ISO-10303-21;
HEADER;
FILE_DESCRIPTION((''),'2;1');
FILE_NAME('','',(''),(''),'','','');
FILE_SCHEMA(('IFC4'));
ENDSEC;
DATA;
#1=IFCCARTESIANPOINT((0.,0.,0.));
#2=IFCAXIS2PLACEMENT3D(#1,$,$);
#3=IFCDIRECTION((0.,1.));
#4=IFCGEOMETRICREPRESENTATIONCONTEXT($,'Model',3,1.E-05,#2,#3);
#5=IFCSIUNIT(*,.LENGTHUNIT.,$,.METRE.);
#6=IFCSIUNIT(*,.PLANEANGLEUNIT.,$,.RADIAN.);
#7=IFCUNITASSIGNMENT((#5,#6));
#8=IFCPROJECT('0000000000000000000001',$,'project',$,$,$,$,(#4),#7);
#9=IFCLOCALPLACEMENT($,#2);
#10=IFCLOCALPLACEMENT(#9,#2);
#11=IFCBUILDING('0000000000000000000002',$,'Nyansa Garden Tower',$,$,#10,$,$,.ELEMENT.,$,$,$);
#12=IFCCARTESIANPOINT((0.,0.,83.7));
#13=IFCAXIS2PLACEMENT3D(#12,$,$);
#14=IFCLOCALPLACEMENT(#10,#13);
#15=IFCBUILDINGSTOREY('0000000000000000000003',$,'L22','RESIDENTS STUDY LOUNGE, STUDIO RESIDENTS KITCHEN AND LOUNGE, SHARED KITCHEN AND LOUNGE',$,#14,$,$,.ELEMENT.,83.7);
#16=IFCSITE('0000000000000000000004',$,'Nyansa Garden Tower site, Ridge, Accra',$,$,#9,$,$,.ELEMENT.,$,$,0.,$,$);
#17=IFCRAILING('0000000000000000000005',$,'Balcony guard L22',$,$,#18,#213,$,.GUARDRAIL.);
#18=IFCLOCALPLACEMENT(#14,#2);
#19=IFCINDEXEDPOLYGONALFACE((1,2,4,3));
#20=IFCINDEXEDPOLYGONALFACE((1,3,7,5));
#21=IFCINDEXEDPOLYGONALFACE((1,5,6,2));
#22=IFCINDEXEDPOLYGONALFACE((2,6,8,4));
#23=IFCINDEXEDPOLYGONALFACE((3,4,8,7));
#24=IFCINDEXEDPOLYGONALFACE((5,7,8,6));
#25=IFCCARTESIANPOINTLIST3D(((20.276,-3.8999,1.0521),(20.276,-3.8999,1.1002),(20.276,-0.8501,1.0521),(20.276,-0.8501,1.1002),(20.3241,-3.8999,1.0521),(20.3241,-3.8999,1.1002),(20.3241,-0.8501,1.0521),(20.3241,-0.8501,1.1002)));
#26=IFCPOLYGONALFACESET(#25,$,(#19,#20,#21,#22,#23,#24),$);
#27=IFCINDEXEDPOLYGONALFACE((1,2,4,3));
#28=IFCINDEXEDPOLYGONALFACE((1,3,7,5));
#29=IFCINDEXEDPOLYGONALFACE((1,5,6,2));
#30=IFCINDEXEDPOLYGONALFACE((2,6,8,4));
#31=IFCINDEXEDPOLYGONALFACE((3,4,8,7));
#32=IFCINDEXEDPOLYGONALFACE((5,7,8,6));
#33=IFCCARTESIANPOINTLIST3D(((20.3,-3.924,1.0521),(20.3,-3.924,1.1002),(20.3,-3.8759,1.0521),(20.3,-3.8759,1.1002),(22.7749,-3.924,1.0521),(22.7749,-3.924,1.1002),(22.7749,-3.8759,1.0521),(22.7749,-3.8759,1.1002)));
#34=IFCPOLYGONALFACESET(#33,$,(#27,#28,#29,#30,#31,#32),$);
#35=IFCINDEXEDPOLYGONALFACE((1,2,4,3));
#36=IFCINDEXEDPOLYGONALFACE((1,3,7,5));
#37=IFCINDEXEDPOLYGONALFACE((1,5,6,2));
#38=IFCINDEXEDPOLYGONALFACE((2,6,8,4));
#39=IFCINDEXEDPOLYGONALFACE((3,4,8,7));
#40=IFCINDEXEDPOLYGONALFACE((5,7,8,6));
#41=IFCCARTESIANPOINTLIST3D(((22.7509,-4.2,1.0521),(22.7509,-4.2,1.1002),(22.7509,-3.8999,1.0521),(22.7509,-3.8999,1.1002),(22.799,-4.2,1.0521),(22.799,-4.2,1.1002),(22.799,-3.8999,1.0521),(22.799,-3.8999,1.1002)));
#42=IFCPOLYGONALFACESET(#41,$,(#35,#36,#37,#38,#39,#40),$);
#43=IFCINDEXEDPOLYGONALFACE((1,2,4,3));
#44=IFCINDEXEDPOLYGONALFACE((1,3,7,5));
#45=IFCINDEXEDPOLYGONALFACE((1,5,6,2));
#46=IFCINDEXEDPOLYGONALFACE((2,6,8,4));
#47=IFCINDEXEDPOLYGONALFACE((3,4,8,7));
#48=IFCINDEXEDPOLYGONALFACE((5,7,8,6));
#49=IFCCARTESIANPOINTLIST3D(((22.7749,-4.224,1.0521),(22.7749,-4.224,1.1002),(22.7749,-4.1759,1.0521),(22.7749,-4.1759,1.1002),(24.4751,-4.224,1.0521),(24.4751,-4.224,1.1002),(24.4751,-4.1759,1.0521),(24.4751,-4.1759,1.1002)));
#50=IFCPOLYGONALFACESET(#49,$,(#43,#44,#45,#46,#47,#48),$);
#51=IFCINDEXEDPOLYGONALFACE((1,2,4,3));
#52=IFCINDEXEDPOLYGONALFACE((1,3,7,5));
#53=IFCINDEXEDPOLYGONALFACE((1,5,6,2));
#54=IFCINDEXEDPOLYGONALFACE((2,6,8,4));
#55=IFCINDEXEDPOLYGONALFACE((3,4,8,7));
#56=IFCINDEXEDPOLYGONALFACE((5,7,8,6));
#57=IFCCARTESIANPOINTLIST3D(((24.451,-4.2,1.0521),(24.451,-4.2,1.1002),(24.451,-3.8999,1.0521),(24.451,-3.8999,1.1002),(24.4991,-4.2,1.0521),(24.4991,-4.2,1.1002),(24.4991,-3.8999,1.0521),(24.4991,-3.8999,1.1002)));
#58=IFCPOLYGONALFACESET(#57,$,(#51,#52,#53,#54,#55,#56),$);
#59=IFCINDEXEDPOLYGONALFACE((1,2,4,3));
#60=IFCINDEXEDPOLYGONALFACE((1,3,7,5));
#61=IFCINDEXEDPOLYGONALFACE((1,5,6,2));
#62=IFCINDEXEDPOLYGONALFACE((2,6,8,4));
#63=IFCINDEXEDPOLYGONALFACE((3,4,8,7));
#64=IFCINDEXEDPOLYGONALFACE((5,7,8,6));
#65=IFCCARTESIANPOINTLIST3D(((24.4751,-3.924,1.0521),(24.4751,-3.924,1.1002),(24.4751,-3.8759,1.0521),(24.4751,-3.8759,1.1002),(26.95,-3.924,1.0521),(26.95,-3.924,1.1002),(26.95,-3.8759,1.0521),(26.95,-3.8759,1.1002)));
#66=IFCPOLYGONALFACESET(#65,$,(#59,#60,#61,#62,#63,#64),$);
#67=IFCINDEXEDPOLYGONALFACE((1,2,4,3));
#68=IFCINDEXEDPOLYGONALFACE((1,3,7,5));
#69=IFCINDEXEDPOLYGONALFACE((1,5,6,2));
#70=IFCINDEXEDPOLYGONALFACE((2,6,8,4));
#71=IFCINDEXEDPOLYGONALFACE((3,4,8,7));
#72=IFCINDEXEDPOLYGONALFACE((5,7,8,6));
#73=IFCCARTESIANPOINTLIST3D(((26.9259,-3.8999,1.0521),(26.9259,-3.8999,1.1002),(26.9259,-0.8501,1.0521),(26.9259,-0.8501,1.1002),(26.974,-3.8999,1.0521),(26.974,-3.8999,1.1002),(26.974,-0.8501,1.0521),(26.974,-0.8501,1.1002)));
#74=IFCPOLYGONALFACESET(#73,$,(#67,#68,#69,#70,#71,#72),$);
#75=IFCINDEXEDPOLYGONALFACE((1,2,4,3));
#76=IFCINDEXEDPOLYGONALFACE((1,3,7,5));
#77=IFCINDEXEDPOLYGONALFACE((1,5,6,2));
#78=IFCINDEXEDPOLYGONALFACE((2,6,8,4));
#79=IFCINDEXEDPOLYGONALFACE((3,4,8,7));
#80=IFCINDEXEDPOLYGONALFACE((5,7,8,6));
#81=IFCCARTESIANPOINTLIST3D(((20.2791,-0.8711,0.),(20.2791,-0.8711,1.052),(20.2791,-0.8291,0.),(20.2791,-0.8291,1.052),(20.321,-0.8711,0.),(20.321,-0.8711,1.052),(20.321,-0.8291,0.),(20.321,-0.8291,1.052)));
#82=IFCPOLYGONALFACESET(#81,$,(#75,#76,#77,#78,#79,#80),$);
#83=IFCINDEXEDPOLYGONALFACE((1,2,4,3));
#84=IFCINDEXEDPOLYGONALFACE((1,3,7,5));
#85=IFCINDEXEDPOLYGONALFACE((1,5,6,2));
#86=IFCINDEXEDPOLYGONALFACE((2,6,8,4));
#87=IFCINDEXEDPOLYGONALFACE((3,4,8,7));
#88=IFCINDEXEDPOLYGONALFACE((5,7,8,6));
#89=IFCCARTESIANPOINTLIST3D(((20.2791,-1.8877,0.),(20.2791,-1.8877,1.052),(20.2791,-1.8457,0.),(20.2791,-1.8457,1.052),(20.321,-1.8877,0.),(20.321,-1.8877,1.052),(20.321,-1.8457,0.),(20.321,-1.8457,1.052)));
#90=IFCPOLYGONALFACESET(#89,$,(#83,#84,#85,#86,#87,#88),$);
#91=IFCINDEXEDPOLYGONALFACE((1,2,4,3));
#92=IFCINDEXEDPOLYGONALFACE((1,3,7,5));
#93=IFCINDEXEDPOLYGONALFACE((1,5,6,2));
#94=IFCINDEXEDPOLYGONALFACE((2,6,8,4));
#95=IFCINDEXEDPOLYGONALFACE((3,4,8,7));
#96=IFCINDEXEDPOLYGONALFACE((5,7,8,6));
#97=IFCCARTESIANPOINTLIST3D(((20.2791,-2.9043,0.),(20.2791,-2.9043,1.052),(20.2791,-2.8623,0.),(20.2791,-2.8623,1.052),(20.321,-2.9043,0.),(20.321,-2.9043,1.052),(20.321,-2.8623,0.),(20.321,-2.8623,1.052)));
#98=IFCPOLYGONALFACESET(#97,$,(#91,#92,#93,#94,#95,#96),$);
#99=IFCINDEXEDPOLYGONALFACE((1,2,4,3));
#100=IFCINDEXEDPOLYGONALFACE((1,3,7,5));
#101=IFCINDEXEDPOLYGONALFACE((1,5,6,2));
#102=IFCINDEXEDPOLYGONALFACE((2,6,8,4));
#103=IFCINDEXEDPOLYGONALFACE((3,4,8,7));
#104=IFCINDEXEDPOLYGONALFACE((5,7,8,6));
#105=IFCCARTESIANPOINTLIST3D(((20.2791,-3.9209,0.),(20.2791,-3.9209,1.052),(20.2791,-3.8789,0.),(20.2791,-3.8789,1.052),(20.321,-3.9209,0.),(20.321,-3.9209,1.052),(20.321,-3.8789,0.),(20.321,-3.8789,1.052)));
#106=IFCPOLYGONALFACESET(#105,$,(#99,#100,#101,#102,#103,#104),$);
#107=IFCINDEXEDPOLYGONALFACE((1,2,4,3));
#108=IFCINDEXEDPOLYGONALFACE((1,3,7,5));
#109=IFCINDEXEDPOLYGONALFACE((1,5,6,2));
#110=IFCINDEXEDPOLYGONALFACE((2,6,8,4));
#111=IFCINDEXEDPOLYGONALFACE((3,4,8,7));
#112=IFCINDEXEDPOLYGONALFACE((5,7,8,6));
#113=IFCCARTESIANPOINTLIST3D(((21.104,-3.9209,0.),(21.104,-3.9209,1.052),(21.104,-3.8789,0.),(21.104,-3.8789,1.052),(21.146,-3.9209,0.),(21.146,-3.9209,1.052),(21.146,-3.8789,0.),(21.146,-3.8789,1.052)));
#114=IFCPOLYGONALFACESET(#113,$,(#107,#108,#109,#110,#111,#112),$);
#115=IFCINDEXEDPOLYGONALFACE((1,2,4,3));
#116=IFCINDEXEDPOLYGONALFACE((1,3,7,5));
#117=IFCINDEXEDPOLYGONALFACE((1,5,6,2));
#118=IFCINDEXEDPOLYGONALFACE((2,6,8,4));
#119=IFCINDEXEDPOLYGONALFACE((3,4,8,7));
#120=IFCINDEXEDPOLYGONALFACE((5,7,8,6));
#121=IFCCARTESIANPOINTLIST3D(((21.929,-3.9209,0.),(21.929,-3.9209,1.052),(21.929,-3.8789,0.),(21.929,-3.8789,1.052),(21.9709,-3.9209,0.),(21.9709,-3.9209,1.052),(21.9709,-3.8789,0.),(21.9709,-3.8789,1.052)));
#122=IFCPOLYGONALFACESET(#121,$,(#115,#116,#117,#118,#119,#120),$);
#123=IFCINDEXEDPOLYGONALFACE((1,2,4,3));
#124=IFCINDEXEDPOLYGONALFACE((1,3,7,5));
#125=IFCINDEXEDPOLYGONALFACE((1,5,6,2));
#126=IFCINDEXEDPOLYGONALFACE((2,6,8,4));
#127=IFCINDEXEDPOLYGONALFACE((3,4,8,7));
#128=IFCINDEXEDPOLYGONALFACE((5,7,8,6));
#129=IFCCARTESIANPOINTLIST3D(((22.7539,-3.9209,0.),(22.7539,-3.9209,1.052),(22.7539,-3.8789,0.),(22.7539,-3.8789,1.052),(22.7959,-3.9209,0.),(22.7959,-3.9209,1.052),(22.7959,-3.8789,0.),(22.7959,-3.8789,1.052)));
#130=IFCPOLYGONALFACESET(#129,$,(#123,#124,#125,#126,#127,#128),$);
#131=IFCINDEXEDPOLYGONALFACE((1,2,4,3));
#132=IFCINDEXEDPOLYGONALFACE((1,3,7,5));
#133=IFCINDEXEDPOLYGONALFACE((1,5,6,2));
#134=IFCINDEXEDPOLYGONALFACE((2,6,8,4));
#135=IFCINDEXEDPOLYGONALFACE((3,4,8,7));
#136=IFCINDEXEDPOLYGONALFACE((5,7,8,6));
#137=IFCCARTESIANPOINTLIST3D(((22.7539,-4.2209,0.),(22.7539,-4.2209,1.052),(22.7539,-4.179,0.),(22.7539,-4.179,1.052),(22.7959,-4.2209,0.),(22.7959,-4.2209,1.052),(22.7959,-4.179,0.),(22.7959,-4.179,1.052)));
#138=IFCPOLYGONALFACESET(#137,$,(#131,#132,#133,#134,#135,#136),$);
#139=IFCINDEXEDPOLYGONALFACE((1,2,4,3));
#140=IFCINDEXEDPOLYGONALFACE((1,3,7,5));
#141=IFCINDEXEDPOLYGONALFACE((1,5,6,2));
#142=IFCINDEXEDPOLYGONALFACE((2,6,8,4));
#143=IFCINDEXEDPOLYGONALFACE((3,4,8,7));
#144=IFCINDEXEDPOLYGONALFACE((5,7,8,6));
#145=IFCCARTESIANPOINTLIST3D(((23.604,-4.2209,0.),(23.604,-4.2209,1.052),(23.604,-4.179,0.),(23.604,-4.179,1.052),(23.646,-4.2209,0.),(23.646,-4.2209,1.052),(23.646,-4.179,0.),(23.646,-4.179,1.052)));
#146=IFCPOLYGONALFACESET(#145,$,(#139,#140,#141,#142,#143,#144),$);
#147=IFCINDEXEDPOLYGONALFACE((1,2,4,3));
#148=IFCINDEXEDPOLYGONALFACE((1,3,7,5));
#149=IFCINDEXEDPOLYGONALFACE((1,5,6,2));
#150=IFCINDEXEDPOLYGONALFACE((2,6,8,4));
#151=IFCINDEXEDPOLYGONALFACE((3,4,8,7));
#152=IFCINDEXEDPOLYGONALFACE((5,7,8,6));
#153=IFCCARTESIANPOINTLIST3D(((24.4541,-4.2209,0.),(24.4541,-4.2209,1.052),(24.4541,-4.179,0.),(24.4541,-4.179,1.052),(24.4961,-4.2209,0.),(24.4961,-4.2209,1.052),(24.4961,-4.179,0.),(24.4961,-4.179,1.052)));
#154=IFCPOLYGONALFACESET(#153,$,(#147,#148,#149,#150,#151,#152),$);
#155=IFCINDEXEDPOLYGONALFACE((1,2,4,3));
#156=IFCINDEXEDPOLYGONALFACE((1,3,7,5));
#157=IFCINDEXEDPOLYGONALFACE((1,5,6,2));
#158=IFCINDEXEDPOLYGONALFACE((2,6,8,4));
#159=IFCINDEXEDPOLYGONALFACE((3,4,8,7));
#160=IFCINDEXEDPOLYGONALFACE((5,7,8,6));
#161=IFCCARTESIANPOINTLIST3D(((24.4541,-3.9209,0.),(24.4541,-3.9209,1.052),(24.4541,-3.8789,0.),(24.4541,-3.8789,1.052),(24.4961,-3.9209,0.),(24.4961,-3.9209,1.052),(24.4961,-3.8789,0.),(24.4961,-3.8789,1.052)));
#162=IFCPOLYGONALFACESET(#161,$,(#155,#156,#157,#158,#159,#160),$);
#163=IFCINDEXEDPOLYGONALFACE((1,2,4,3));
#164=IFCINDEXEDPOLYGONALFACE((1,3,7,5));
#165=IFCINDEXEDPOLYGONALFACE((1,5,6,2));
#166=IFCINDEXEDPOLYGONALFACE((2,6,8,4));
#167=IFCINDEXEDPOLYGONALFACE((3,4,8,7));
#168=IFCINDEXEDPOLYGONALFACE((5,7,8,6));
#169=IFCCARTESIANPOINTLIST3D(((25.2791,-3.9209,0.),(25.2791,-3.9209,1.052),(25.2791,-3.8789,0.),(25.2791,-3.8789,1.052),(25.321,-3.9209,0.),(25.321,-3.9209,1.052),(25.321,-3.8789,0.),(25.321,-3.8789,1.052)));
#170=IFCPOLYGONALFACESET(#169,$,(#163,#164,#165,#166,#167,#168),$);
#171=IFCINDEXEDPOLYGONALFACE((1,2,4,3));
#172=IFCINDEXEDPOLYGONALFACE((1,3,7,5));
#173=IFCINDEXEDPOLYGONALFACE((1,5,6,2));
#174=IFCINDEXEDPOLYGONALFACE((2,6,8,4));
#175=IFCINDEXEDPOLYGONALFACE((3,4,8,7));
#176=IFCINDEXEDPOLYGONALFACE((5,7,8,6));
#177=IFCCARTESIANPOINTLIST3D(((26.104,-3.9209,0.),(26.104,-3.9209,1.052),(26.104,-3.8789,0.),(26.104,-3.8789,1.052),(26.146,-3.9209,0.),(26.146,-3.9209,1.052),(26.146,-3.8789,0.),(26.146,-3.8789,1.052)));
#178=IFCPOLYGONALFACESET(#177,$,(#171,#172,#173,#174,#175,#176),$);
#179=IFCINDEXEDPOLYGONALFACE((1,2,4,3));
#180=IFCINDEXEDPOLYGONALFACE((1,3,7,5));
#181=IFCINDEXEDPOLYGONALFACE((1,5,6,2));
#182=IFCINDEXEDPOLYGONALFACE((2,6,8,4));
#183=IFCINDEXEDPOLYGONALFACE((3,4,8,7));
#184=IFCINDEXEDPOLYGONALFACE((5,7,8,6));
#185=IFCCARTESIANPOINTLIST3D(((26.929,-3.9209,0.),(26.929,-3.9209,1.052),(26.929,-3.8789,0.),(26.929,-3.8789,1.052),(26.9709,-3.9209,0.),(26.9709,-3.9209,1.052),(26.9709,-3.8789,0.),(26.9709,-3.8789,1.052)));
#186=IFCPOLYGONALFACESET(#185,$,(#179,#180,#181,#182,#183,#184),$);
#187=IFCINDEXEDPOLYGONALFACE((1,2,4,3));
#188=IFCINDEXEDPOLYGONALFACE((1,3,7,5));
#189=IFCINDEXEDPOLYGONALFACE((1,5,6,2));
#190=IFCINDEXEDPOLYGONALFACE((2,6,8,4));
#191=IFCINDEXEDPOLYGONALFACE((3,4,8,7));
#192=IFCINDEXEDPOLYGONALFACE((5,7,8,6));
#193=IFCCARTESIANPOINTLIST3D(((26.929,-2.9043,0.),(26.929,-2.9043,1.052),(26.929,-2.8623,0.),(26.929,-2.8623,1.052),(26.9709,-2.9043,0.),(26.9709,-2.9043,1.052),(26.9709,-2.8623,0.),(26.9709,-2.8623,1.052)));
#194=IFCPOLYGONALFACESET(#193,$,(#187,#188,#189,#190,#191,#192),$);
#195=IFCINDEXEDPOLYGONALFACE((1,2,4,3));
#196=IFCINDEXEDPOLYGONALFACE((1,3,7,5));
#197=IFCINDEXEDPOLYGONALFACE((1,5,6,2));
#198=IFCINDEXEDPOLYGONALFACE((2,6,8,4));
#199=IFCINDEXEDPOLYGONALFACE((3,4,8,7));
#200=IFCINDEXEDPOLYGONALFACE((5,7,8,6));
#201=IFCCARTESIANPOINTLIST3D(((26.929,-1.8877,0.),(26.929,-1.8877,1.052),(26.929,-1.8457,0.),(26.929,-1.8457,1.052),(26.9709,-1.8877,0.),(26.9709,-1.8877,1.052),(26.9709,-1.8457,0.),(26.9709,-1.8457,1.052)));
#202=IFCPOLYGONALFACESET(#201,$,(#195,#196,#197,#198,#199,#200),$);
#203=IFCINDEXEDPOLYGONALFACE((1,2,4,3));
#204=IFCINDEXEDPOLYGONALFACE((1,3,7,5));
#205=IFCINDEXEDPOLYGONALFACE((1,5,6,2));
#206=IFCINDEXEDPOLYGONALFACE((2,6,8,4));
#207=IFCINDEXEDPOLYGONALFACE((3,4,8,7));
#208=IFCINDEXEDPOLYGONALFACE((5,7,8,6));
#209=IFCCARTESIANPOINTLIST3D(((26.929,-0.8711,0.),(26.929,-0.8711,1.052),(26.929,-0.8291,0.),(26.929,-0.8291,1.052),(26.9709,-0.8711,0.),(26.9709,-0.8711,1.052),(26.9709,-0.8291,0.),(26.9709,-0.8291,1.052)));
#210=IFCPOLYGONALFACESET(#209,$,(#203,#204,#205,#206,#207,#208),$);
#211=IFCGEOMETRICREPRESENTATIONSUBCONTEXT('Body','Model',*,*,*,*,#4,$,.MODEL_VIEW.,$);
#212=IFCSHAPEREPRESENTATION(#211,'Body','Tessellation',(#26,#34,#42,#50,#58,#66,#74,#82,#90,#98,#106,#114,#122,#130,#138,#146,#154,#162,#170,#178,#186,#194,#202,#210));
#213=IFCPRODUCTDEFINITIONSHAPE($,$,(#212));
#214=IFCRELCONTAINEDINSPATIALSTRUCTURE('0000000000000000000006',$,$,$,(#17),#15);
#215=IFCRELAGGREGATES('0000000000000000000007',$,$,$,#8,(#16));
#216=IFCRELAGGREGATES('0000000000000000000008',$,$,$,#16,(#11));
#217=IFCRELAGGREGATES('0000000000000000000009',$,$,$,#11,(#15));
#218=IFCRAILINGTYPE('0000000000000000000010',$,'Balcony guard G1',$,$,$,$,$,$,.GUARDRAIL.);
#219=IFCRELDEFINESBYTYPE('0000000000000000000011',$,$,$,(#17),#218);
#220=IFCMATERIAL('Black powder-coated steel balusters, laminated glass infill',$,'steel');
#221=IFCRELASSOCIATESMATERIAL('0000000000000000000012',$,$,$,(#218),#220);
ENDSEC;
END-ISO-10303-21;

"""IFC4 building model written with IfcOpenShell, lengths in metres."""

from ifc_helpers import new_model, si_unit, direction, frame, origin, origin_2d, place, context, subcontext, project, spatial, rectangle, extrude, material, type_object, element, save


model = new_model("IFC4")

# Units and contexts
model_context = context("Model", 3, precision=1e-05, world=origin(), true_north=direction((0.0, 1.0)))
body_context = subcontext(model_context, "Body", "Model", "MODEL_VIEW")
ifc_project = project(units=[si_unit("LENGTHUNIT", "METRE"), si_unit("PLANEANGLEUNIT", "RADIAN")], contexts=[model_context])

# Site, building, storey
site_placement = place(None, origin())
site = spatial("IfcSite", under=ifc_project, at=site_placement, Name="Nyansa Garden Tower site, Ridge, Accra", CompositionType="ELEMENT", RefElevation=0.0)
building_placement = place(site_placement, origin())
building = spatial("IfcBuilding", under=site, at=building_placement, Name="Nyansa Garden Tower", CompositionType="ELEMENT")
storey_placement = place(building_placement, frame((0.0, 0.0, 83.7)))
storey = spatial("IfcBuildingStorey", under=building, at=storey_placement, Name="L22", Description="RESIDENTS STUDY LOUNGE, STUDIO RESIDENTS KITCHEN AND LOUNGE, SHARED KITCHEN AND LOUNGE", CompositionType="ELEMENT", Elevation=83.7)

# Railing
ifc_material_1 = material(Name="Black powder-coated steel balusters, laminated glass infill", Category="steel")
railing_type = type_object("IfcRailingType", Name="Balcony guard G1", PredefinedType="GUARDRAIL", material=ifc_material_1)
railing_placement = place(storey_placement, frame((20.3, -0.8501, 0.0)))
element("IfcRailing", 1, at=railing_placement, inside=storey, type_object=railing_type, Name="Balcony guard L22", PredefinedType="GUARDRAIL", context=body_context, shape_type="SweptSolid", body=[
    extrude(rectangle(XDim=0.0481, YDim=0.0481, at=origin_2d()), frame((0.0, 0.0, 1.0762), z_axis=(0.0, -1.0, 0.0), x_axis=(1.0, 0.0, 0.0)), (0.0, 0.0, 1.0), 3.0498),
    extrude(rectangle(XDim=0.0481, YDim=0.0481, at=origin_2d()), frame((0.0, -3.0498, 1.0762), z_axis=(1.0, 0.0, 0.0), x_axis=(0.0, 1.0, 0.0)), (0.0, 0.0, 1.0), 2.4749),
    extrude(rectangle(XDim=0.0481, YDim=0.0481, at=origin_2d()), frame((2.4749, -3.0498, 1.0762), z_axis=(0.0, -1.0, 0.0), x_axis=(1.0, 0.0, 0.0)), (0.0, 0.0, 1.0), 0.3),
    extrude(rectangle(XDim=0.0481, YDim=0.0481, at=origin_2d()), frame((2.4749, -3.3499, 1.0762), z_axis=(1.0, 0.0, 0.0), x_axis=(0.0, 1.0, 0.0)), (0.0, 0.0, 1.0), 1.7002),
    extrude(rectangle(XDim=0.0481, YDim=0.0481, at=origin_2d()), frame((4.175, -3.3499, 1.0762), z_axis=(0.0, 1.0, 0.0), x_axis=(-1.0, 0.0, 0.0)), (0.0, 0.0, 1.0), 0.3),
    extrude(rectangle(XDim=0.0481, YDim=0.0481, at=origin_2d()), frame((4.175, -3.0498, 1.0762), z_axis=(1.0, 0.0, 0.0), x_axis=(0.0, 1.0, 0.0)), (0.0, 0.0, 1.0), 2.4749),
    extrude(rectangle(XDim=0.0481, YDim=0.0481, at=origin_2d()), frame((6.6499, -3.0498, 1.0762), z_axis=(0.0, 1.0, 0.0), x_axis=(-1.0, 0.0, 0.0)), (0.0, 0.0, 1.0), 3.0498),
    extrude(rectangle(XDim=0.042, YDim=0.042, at=origin_2d()), origin(), (0.0, 0.0, 1.0), 1.052),
    extrude(rectangle(XDim=0.042, YDim=0.042, at=origin_2d()), frame((0.0, -1.0166, 0.0)), (0.0, 0.0, 1.0), 1.052),
    extrude(rectangle(XDim=0.042, YDim=0.042, at=origin_2d()), frame((0.0, -2.0332, 0.0)), (0.0, 0.0, 1.0), 1.052),
    extrude(rectangle(XDim=0.042, YDim=0.042, at=origin_2d()), frame((0.0, -3.0498, 0.0)), (0.0, 0.0, 1.0), 1.052),
    extrude(rectangle(XDim=0.042, YDim=0.042, at=origin_2d()), frame((0.825, -3.0498, 0.0)), (0.0, 0.0, 1.0), 1.052),
    extrude(rectangle(XDim=0.042, YDim=0.042, at=origin_2d()), frame((1.6499, -3.0498, 0.0)), (0.0, 0.0, 1.0), 1.052),
    extrude(rectangle(XDim=0.042, YDim=0.042, at=origin_2d()), frame((2.4749, -3.0498, 0.0)), (0.0, 0.0, 1.0), 1.052),
    extrude(rectangle(XDim=0.042, YDim=0.042, at=origin_2d()), frame((2.4749, -3.3499, 0.0)), (0.0, 0.0, 1.0), 1.052),
    extrude(rectangle(XDim=0.042, YDim=0.042, at=origin_2d()), frame((3.325, -3.3499, 0.0)), (0.0, 0.0, 1.0), 1.052),
    extrude(rectangle(XDim=0.042, YDim=0.042, at=origin_2d()), frame((4.175, -3.3499, 0.0)), (0.0, 0.0, 1.0), 1.052),
    extrude(rectangle(XDim=0.042, YDim=0.042, at=origin_2d()), frame((4.175, -3.0498, 0.0)), (0.0, 0.0, 1.0), 1.052),
    extrude(rectangle(XDim=0.042, YDim=0.042, at=origin_2d()), frame((5.0, -3.0498, 0.0)), (0.0, 0.0, 1.0), 1.052),
    extrude(rectangle(XDim=0.042, YDim=0.042, at=origin_2d()), frame((5.825, -3.0498, 0.0)), (0.0, 0.0, 1.0), 1.052),
    extrude(rectangle(XDim=0.042, YDim=0.042, at=origin_2d()), frame((6.6499, -3.0498, 0.0)), (0.0, 0.0, 1.0), 1.052),
    extrude(rectangle(XDim=0.042, YDim=0.042, at=origin_2d()), frame((6.6499, -2.0332, 0.0)), (0.0, 0.0, 1.0), 1.052),
    extrude(rectangle(XDim=0.042, YDim=0.042, at=origin_2d()), frame((6.6499, -1.0166, 0.0)), (0.0, 0.0, 1.0), 1.052),
    extrude(rectangle(XDim=0.042, YDim=0.042, at=origin_2d()), frame((6.6499, 0.0, 0.0)), (0.0, 0.0, 1.0), 1.052),
])

save(model, "model.ifc")
